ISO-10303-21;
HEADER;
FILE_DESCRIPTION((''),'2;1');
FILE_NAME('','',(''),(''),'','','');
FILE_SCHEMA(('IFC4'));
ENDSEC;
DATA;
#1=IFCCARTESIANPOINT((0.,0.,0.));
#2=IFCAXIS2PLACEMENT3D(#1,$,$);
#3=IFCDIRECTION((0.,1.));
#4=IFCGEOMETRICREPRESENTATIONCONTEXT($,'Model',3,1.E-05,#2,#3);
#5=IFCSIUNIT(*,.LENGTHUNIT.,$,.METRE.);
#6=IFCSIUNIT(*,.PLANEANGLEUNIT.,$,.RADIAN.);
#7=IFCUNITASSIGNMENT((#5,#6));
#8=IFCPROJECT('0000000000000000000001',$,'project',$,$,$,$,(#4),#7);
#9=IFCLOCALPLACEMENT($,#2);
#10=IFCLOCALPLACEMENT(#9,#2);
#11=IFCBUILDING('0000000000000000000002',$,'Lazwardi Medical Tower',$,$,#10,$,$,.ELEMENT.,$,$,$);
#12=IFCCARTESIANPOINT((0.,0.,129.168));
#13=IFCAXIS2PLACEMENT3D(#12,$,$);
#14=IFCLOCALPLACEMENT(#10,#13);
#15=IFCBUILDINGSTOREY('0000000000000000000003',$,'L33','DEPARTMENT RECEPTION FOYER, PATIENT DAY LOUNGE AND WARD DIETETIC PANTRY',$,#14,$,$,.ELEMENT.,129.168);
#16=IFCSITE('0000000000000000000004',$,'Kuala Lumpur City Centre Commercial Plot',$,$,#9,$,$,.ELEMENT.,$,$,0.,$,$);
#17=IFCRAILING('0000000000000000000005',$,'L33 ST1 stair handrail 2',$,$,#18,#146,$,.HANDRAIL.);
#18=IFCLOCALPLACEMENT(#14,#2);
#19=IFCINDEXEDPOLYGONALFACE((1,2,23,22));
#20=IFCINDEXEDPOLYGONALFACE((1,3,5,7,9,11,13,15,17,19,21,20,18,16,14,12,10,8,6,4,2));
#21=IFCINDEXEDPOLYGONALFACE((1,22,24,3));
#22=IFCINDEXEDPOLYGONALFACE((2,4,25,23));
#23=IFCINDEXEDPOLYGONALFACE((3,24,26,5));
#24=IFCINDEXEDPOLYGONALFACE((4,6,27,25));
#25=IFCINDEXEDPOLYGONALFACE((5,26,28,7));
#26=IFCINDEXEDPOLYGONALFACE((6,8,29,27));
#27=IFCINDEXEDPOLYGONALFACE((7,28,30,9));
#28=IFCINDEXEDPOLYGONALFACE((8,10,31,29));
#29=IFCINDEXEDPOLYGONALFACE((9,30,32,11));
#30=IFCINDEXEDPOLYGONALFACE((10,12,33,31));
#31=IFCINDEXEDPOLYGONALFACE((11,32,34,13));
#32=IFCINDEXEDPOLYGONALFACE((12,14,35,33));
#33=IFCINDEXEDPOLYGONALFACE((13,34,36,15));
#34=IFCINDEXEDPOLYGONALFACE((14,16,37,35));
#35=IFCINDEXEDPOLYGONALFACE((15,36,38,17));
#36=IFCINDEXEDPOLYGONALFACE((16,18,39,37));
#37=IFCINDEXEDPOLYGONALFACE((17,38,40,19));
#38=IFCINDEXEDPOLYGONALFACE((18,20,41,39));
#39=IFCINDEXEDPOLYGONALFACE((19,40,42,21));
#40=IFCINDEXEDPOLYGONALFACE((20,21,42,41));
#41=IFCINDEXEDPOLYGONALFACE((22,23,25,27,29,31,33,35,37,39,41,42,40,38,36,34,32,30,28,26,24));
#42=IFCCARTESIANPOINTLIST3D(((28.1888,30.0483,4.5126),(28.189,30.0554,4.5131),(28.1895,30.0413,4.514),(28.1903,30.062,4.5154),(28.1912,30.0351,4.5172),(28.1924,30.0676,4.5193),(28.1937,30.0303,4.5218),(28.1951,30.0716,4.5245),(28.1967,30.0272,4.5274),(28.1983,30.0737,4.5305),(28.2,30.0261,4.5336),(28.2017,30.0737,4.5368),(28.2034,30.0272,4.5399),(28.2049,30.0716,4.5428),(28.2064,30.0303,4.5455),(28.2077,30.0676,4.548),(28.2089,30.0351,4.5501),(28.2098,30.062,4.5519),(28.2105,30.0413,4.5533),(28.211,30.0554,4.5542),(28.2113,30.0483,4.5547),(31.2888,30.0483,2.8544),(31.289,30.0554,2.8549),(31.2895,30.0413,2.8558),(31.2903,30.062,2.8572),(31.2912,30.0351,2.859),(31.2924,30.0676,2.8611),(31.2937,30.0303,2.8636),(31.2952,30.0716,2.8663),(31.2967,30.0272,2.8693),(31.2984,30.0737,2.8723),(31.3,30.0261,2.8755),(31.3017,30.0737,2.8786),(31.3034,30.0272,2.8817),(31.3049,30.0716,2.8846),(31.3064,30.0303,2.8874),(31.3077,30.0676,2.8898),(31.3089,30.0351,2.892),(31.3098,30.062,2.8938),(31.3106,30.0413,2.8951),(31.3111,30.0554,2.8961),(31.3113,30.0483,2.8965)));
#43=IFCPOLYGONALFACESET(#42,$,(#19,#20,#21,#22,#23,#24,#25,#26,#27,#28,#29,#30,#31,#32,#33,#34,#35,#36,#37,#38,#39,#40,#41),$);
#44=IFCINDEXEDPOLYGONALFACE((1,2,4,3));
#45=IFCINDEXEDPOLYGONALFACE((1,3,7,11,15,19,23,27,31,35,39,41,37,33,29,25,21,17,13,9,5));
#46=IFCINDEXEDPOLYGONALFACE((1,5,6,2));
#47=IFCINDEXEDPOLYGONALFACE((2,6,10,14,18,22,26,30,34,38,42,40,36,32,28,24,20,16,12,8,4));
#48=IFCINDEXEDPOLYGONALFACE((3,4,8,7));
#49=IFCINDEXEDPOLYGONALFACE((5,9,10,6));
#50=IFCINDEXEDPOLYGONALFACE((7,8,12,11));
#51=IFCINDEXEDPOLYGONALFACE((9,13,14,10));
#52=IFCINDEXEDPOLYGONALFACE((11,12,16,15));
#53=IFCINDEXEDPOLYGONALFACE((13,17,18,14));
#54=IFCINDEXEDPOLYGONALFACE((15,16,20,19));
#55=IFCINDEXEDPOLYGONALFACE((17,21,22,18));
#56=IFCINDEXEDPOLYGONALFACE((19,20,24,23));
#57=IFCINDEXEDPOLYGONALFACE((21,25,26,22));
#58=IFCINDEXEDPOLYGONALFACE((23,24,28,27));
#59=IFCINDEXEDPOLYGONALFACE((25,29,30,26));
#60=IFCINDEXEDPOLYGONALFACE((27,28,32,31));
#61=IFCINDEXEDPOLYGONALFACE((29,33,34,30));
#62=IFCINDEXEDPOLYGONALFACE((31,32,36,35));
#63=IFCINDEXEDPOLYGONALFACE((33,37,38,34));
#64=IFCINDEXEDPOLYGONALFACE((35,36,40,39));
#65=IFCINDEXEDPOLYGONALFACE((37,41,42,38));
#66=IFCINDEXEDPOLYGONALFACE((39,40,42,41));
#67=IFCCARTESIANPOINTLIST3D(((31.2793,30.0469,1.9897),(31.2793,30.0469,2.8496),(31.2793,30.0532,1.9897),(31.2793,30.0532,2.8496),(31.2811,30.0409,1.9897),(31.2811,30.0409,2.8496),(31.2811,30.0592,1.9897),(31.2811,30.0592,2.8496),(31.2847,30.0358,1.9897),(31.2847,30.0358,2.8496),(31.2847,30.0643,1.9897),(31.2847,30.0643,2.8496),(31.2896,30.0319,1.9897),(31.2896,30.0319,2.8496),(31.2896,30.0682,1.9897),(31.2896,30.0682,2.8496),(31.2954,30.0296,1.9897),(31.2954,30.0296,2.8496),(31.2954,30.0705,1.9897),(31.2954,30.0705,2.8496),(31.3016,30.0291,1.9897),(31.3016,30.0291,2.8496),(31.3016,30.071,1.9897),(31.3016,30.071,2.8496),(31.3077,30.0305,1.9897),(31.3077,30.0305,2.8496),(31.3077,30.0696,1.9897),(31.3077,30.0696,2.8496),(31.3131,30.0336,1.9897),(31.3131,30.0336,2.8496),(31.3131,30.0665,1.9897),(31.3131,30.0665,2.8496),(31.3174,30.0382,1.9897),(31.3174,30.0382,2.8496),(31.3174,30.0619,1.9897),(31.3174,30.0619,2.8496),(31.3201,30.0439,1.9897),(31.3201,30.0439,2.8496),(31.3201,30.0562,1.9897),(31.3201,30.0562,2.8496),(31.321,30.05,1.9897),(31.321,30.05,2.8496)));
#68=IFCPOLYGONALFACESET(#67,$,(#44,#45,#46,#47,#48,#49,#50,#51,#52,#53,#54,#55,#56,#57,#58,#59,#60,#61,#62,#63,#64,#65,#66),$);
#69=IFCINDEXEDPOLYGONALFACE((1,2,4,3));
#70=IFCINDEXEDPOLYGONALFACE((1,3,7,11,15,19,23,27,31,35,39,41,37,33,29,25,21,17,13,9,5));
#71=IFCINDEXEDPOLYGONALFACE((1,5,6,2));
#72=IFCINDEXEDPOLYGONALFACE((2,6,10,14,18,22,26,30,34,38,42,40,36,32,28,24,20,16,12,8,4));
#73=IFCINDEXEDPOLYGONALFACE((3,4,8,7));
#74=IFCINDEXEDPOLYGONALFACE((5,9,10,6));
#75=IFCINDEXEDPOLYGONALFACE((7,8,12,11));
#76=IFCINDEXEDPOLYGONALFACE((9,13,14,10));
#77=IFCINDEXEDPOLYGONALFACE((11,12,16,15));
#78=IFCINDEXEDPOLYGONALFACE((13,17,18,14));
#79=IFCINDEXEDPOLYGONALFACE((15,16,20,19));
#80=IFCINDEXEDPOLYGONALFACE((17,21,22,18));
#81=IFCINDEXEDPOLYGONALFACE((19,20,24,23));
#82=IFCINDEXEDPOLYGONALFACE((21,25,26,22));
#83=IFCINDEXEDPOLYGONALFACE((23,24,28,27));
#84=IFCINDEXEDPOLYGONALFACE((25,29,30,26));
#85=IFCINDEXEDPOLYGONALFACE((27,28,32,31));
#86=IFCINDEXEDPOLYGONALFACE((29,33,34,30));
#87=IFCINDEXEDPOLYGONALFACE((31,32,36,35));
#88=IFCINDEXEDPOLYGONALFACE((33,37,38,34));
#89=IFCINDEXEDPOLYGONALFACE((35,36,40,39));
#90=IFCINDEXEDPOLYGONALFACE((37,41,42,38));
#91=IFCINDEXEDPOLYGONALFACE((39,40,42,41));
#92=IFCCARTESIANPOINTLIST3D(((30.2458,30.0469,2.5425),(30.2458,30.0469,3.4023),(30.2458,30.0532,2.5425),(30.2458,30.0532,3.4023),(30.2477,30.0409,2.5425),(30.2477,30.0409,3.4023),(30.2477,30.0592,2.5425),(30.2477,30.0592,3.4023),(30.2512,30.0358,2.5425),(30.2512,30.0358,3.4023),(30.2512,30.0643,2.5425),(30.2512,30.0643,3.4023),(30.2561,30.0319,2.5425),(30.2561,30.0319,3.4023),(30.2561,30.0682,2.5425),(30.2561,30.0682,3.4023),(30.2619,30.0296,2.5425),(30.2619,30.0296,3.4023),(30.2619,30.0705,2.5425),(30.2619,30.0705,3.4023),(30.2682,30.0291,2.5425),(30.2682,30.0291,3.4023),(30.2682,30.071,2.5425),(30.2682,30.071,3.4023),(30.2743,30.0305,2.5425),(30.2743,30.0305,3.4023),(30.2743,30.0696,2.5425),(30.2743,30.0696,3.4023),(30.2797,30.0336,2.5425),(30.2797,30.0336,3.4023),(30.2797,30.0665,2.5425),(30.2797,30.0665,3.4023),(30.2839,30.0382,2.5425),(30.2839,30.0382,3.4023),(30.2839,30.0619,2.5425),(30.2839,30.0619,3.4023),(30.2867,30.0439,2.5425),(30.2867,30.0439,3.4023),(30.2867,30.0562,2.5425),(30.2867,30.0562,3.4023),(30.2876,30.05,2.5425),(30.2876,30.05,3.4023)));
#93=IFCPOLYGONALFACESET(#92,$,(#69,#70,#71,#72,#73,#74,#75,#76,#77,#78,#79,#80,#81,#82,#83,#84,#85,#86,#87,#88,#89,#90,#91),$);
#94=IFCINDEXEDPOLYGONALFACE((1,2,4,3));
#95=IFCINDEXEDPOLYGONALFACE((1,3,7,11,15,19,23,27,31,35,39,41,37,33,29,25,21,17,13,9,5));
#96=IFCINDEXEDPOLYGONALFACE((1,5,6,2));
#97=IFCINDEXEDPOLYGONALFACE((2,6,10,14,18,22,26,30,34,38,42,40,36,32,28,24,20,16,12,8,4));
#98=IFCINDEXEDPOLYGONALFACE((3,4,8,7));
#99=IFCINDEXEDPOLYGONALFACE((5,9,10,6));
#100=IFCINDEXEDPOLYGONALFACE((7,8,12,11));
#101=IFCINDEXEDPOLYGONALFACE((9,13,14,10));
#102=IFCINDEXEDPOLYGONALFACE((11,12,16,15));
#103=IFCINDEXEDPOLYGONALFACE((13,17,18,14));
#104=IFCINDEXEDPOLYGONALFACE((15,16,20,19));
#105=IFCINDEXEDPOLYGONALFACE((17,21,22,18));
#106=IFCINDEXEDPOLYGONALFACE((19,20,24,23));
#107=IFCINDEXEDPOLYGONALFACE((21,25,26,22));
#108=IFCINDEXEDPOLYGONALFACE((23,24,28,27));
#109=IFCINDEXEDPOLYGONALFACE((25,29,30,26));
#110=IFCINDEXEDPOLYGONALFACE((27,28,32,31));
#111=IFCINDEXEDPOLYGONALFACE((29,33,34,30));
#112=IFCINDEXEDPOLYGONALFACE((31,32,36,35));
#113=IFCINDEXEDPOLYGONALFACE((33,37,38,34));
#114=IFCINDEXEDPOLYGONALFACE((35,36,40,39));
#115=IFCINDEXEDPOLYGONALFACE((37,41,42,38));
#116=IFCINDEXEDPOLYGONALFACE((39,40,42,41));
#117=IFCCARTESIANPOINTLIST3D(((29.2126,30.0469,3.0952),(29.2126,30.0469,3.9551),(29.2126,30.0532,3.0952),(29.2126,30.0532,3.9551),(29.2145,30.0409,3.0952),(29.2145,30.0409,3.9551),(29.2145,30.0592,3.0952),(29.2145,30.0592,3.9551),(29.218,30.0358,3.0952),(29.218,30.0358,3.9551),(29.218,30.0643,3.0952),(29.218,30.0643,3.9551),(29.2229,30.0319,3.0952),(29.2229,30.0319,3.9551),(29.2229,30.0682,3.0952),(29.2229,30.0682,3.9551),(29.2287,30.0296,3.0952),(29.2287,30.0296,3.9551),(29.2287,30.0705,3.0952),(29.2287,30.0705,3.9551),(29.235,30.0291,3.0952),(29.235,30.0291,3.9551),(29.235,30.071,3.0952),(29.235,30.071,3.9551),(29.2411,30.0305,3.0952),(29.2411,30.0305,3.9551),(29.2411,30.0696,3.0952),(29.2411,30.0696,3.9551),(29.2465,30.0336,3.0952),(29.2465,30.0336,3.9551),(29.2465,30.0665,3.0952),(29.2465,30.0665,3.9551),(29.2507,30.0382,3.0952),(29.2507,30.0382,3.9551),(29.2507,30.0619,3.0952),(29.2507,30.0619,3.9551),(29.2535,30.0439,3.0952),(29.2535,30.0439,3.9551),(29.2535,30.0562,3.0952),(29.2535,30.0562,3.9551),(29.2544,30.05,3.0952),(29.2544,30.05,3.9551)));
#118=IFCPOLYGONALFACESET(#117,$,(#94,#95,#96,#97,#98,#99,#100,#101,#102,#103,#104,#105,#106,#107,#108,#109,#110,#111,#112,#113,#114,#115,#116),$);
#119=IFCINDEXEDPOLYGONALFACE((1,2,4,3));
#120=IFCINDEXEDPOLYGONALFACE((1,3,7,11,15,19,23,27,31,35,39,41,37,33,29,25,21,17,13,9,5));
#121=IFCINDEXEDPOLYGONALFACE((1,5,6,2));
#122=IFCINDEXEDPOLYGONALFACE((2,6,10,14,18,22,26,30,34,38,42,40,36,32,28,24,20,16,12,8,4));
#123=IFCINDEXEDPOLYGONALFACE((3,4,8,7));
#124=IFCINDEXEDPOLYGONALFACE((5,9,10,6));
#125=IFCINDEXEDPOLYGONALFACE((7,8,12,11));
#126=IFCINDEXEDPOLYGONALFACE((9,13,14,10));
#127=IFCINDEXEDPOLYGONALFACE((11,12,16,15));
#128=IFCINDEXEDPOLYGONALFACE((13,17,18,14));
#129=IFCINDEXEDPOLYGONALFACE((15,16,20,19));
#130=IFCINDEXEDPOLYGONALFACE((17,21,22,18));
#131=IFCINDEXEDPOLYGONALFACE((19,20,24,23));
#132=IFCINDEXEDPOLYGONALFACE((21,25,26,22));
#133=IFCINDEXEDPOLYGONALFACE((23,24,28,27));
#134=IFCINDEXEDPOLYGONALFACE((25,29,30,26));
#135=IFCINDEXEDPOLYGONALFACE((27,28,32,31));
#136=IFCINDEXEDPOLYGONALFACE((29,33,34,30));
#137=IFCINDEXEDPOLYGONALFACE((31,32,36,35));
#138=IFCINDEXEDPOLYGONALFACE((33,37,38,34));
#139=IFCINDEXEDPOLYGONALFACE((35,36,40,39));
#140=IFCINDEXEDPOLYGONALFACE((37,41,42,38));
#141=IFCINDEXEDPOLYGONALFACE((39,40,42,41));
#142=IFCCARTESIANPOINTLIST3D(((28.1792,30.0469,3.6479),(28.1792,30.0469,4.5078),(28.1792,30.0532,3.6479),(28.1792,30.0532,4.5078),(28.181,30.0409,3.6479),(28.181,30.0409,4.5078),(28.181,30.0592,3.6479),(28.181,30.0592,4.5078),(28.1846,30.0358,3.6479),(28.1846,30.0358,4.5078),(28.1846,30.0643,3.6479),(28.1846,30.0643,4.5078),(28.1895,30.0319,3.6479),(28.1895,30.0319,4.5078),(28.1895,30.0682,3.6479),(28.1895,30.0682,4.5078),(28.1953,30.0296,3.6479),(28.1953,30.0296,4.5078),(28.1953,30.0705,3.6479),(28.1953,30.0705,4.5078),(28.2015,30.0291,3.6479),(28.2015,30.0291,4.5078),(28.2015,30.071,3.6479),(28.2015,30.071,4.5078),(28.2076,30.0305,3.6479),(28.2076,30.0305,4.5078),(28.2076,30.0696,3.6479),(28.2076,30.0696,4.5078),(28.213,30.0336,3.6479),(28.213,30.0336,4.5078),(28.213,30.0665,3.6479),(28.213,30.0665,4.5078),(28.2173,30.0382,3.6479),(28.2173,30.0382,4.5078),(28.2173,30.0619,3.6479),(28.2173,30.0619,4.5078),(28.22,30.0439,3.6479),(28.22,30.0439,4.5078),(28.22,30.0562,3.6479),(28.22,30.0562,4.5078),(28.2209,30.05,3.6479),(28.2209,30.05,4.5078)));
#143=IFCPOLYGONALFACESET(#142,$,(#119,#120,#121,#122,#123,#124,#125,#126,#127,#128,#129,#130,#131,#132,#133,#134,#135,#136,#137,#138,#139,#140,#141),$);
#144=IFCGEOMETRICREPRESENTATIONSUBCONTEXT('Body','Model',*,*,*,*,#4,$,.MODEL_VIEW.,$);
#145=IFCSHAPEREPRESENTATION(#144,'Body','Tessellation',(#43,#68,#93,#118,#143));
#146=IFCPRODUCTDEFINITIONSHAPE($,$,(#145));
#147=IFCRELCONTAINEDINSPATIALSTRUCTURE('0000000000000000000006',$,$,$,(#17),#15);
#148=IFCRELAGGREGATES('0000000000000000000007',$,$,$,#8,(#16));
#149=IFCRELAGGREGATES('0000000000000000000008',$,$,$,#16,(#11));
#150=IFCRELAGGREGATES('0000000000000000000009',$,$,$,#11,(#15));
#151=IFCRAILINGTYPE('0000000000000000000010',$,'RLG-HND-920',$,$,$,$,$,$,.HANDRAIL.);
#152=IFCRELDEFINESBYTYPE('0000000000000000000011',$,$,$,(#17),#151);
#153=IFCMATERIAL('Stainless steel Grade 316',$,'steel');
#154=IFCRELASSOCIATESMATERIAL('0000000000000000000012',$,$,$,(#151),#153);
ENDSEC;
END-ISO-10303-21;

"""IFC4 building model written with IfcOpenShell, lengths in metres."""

from ifc_helpers import new_model, si_unit, direction, frame, origin, origin_2d, place, context, subcontext, project, spatial, circle, extrude, material, type_object, element, save


model = new_model("IFC4")

# Units and contexts
model_context = context("Model", 3, precision=1e-05, world=origin(), true_north=direction((0.0, 1.0)))
body_context = subcontext(model_context, "Body", "Model", "MODEL_VIEW")
ifc_project = project(units=[si_unit("LENGTHUNIT", "METRE"), si_unit("PLANEANGLEUNIT", "RADIAN")], contexts=[model_context])

# Site, building, storey
site_placement = place(None, origin())
site = spatial("IfcSite", under=ifc_project, at=site_placement, Name="Kuala Lumpur City Centre Commercial Plot", CompositionType="ELEMENT", RefElevation=0.0)
building_placement = place(site_placement, origin())
building = spatial("IfcBuilding", under=site, at=building_placement, Name="Lazwardi Medical Tower", CompositionType="ELEMENT")
storey_placement = place(building_placement, frame((0.0, 0.0, 129.168)))
storey = spatial("IfcBuildingStorey", under=building, at=storey_placement, Name="L33", Description="DEPARTMENT RECEPTION FOYER, PATIENT DAY LOUNGE AND WARD DIETETIC PANTRY", CompositionType="ELEMENT", Elevation=129.168)

# Railing
ifc_material_1 = material(Name="Stainless steel Grade 316", Category="steel")
railing_type_1 = type_object("IfcRailingType", Name="RLG-HND-920", PredefinedType="HANDRAIL", material=ifc_material_1)
railing_1_placement = place(storey_placement, frame((31.3, 30.05, 1.9897)))
element("IfcRailing", 1, at=railing_1_placement, inside=storey, type_object=railing_type_1, Name="L33 ST1 stair handrail 2", PredefinedType="HANDRAIL", context=body_context, shape_type="SweptSolid", body=[
    extrude(circle(Radius=0.0239, at=origin_2d()), frame((0.0, 0.0, 0.8857), z_axis=(-0.881783, 0.0, 0.471655), x_axis=(0.0, -1.0, 0.0)), (0.0, 0.0, 1.0), 3.5156),
    extrude(circle(Radius=0.021, at=origin_2d()), origin(), (0.0, 0.0, 1.0), 0.8599),
    extrude(circle(Radius=0.021, at=origin_2d()), frame((-1.0334, 0.0, 0.5527)), (0.0, 0.0, 1.0), 0.8599),
    extrude(circle(Radius=0.021, at=origin_2d()), frame((-2.0667, 0.0, 1.1055)), (0.0, 0.0, 1.0), 0.8599),
    extrude(circle(Radius=0.021, at=origin_2d()), frame((-3.1001, 0.0, 1.6582)), (0.0, 0.0, 1.0), 0.8599),
])

save(model, "model.ifc")
